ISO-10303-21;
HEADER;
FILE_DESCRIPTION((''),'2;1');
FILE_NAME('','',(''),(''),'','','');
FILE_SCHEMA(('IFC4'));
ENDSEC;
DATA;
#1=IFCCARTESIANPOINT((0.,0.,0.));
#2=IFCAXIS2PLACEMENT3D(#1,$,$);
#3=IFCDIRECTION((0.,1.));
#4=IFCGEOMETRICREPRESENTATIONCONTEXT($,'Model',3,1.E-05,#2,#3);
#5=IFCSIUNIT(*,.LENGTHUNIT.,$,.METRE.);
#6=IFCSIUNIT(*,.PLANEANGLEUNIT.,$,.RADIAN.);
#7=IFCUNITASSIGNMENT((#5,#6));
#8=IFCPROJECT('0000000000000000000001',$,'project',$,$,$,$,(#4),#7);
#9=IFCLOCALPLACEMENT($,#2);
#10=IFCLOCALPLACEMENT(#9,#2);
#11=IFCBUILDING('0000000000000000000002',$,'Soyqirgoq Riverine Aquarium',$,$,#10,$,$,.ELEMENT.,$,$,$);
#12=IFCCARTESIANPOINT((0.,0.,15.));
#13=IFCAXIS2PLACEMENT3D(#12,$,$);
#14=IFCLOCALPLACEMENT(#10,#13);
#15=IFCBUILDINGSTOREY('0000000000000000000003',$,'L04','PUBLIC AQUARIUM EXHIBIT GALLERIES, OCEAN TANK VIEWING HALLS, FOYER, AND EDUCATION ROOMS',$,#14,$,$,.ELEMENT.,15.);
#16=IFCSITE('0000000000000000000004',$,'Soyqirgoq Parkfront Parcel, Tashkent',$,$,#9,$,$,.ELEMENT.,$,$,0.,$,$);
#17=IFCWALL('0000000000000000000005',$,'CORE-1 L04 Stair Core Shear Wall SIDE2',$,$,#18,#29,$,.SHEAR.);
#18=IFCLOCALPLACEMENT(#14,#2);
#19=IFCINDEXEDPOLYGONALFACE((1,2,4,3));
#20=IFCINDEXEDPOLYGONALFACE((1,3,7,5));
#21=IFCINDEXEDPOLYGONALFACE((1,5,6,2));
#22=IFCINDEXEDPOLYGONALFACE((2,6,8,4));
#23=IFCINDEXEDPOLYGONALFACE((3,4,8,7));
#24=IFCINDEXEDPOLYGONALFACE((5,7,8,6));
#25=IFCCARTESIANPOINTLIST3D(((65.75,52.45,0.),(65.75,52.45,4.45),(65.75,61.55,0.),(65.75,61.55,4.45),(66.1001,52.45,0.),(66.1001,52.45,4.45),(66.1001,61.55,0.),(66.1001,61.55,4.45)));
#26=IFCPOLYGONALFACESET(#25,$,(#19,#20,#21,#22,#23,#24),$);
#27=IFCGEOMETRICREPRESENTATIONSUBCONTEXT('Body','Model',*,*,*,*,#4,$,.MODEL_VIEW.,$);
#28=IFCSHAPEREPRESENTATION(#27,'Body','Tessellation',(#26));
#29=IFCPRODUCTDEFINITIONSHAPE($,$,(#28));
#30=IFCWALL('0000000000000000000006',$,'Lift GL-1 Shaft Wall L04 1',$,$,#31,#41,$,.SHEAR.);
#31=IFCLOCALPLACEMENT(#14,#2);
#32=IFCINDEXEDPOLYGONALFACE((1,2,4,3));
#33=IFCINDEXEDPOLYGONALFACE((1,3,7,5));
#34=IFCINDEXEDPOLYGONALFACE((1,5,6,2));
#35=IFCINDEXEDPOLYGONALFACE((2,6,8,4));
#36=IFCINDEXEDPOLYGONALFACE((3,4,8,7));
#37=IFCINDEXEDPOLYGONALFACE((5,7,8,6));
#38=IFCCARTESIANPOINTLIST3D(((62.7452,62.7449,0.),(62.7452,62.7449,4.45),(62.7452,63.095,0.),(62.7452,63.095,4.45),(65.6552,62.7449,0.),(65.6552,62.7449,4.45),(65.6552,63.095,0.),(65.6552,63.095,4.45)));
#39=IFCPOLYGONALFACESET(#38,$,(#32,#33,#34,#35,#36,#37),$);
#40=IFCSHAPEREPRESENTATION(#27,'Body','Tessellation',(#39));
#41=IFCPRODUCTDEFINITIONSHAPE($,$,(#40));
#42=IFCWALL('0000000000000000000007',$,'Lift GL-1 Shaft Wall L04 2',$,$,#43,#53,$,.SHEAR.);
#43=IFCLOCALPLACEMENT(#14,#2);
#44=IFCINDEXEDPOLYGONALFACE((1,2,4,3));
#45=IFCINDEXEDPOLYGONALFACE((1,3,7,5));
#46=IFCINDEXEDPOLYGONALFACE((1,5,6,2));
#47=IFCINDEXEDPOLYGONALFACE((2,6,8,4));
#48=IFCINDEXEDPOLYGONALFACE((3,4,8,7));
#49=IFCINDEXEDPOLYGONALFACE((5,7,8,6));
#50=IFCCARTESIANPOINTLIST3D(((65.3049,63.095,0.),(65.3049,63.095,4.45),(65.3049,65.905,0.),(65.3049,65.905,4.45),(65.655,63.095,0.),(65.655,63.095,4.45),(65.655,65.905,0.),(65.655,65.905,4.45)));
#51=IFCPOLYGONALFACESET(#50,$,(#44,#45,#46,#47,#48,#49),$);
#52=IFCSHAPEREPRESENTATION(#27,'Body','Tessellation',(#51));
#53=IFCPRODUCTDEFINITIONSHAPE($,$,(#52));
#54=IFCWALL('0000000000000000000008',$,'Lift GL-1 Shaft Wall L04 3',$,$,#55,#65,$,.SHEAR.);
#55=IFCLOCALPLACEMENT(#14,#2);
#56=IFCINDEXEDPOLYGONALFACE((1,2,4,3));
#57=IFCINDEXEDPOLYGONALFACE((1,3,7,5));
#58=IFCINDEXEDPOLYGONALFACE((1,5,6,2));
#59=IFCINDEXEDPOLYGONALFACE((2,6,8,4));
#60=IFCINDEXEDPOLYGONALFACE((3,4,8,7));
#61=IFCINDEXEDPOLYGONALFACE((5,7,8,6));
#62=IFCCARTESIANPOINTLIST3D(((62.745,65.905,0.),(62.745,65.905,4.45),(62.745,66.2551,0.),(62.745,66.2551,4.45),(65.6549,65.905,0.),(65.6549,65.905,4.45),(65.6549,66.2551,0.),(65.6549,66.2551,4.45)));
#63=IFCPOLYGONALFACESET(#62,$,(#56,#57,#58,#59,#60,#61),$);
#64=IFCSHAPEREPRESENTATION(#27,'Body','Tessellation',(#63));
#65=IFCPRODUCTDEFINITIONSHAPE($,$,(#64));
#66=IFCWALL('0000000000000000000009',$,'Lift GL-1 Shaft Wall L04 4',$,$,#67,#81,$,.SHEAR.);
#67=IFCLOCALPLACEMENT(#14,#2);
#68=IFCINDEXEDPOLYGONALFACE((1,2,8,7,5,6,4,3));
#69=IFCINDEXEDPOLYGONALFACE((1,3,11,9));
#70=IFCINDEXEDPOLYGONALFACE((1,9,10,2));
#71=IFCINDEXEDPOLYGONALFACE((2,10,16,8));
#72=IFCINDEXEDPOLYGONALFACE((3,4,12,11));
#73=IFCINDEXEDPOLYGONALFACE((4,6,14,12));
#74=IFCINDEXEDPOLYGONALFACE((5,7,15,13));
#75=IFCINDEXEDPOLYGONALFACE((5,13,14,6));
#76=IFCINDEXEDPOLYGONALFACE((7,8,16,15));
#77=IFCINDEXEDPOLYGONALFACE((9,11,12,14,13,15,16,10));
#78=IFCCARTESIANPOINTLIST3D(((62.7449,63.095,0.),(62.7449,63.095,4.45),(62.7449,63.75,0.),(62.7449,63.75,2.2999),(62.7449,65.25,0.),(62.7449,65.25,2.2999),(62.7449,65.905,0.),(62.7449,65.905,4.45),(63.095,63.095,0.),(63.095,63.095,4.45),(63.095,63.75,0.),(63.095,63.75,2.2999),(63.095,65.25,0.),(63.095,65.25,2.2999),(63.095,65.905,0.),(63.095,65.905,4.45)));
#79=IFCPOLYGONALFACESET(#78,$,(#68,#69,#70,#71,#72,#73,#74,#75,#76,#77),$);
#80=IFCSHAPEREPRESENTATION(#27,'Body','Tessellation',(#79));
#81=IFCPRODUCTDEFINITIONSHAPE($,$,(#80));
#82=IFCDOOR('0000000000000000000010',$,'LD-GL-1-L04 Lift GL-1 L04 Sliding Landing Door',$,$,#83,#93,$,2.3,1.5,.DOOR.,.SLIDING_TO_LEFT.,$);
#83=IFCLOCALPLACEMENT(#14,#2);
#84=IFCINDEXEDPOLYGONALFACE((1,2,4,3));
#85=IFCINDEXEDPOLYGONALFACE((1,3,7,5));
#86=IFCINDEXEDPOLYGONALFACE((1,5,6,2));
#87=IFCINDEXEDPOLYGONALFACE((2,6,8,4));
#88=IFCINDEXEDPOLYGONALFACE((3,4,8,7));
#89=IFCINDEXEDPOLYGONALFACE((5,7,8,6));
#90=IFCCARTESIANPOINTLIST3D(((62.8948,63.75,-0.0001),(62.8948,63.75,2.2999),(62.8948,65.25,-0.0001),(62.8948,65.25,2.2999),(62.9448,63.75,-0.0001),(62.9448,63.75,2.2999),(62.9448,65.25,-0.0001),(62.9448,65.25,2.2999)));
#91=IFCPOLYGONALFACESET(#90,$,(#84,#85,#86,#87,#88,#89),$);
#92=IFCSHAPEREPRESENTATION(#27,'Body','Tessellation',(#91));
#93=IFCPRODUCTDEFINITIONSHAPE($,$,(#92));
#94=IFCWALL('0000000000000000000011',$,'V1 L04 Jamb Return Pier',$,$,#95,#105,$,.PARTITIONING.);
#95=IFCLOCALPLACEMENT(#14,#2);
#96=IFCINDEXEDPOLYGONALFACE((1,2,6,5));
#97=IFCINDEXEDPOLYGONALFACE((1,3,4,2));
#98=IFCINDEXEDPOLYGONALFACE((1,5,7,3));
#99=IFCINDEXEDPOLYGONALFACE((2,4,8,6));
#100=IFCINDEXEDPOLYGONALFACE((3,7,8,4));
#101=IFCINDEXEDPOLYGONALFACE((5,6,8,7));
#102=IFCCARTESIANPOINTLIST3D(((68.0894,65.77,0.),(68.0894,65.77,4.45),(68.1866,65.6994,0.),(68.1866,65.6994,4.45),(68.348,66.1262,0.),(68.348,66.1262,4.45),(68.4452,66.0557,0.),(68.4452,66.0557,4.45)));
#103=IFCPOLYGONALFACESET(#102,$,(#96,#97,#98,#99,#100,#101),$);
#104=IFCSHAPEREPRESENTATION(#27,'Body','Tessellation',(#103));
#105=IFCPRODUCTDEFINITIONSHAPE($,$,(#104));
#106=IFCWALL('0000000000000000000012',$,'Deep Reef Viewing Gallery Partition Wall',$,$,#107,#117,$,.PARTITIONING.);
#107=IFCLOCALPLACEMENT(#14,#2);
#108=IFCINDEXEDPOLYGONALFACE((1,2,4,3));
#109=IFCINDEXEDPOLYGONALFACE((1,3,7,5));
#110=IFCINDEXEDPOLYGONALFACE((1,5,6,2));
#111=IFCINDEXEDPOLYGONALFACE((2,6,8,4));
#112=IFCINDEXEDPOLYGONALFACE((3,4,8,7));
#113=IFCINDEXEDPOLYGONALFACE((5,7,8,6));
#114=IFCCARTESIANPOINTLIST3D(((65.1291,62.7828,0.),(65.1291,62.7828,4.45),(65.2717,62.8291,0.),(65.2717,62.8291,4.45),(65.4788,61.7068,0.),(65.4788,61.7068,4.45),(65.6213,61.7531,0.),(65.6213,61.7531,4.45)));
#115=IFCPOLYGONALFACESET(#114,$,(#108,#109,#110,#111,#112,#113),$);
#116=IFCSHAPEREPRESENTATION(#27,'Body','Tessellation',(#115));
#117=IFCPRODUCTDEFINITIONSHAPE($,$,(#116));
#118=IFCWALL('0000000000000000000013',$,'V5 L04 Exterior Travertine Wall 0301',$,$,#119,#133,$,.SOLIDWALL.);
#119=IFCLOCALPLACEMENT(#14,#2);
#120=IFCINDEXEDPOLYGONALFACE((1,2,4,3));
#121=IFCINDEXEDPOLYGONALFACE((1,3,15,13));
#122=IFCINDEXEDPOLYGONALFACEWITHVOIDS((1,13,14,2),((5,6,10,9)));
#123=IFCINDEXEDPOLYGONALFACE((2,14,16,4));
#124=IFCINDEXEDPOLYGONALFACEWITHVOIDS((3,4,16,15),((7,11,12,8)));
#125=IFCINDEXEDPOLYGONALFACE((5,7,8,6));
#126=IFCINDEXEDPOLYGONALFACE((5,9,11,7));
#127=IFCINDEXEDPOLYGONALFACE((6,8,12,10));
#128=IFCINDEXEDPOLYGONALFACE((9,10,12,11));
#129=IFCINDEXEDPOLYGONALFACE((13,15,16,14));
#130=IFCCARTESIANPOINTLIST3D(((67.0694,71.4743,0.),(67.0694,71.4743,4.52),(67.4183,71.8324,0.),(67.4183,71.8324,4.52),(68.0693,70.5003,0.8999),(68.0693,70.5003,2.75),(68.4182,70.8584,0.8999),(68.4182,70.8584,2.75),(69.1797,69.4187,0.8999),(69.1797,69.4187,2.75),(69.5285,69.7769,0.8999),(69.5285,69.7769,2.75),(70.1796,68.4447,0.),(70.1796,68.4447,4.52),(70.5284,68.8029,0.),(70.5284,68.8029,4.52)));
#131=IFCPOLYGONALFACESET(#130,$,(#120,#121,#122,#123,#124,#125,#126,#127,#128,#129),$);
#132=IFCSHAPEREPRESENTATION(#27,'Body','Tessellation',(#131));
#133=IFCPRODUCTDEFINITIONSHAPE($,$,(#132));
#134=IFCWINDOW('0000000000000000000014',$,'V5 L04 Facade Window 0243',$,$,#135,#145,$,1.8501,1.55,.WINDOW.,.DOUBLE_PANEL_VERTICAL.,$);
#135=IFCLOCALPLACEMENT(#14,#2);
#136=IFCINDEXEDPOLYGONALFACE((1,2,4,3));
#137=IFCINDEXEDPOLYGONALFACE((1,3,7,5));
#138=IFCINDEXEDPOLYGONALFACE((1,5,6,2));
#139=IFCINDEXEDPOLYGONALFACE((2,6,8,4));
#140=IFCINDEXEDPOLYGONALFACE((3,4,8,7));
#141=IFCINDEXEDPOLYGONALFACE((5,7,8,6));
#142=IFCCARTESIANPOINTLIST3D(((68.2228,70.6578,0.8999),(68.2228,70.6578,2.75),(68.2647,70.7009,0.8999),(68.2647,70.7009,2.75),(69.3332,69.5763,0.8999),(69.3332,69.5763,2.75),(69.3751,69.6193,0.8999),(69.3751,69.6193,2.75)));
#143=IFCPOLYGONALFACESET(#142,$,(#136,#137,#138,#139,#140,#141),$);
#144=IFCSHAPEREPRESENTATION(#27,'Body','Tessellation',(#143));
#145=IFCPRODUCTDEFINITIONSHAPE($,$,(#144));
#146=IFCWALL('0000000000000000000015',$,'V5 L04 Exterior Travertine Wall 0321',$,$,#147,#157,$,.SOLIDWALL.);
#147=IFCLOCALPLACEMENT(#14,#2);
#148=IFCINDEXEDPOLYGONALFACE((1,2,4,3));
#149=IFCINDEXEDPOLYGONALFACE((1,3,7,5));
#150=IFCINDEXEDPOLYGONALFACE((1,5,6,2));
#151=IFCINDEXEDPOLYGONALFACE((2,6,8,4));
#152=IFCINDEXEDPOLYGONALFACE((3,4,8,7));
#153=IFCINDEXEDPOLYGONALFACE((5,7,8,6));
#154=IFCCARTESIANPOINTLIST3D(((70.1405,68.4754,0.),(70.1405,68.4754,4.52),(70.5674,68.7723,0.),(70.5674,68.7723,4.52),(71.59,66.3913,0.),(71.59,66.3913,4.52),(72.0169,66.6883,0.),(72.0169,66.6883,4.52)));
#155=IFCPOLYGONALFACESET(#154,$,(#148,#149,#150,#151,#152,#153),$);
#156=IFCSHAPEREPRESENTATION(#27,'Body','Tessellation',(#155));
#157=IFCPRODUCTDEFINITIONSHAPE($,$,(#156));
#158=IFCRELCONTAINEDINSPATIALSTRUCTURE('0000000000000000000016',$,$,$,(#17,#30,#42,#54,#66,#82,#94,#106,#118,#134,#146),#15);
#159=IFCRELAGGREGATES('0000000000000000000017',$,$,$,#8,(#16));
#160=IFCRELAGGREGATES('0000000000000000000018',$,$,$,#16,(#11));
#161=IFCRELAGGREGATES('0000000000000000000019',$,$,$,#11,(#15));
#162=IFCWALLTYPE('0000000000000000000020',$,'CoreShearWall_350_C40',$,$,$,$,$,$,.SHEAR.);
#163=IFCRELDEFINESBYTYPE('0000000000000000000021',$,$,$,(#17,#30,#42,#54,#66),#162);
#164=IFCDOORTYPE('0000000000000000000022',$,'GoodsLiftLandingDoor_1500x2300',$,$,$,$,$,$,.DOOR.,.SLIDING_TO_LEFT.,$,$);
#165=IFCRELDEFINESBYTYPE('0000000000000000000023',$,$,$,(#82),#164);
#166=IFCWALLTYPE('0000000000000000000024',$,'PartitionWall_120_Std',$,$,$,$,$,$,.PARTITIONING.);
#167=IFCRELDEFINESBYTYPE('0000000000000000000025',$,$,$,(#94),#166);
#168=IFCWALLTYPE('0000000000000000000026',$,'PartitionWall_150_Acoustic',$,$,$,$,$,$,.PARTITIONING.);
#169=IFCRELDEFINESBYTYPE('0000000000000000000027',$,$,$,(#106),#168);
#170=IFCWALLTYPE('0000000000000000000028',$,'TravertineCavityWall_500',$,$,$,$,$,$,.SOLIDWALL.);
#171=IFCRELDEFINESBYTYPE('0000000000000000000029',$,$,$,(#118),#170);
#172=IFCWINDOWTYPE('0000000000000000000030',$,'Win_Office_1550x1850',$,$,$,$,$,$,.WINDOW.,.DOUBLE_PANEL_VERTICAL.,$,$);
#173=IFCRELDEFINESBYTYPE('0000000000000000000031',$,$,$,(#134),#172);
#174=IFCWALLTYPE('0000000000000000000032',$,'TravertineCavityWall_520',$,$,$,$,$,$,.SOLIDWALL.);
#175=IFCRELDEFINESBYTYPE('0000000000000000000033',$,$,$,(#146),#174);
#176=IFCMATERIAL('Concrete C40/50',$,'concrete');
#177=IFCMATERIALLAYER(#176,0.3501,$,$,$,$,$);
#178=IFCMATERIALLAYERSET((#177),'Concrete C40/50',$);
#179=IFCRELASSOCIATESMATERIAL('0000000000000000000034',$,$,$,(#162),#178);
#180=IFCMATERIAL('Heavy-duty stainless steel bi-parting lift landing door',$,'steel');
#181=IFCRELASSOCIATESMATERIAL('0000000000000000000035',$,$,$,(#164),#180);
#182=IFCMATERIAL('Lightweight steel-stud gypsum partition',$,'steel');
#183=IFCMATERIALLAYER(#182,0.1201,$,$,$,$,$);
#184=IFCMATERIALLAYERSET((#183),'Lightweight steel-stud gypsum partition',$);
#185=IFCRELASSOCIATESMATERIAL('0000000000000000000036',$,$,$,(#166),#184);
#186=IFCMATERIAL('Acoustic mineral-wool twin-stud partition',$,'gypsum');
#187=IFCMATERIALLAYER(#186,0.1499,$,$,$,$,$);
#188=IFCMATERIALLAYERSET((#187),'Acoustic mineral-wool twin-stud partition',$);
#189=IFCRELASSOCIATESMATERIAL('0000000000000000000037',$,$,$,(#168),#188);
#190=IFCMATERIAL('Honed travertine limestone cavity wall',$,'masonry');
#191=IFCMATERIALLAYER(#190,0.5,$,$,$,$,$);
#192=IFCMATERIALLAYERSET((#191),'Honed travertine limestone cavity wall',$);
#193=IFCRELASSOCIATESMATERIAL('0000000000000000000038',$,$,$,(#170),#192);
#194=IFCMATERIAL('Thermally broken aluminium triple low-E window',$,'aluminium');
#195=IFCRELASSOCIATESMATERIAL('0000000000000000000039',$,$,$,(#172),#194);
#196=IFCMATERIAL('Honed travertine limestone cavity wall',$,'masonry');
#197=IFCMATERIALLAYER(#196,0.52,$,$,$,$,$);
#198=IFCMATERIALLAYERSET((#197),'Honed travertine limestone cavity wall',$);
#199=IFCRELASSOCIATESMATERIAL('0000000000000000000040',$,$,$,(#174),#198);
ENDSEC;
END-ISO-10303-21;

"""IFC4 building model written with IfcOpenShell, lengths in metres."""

from ifc_helpers import new_model, si_unit, direction, frame, frame_2d, origin, place, context, subcontext, project, spatial, rectangle, extrude, material, layer, layer_set, type_object, element, fill, save


model = new_model("IFC4")

# Units and contexts
model_context = context("Model", 3, precision=1e-05, world=origin(), true_north=direction((0.0, 1.0)))
body_context = subcontext(model_context, "Body", "Model", "MODEL_VIEW")
ifc_project = project(units=[si_unit("LENGTHUNIT", "METRE"), si_unit("PLANEANGLEUNIT", "RADIAN")], contexts=[model_context])

# Site, building, storey
site_placement = place(None, origin())
site = spatial("IfcSite", under=ifc_project, at=site_placement, Name="Soyqirgoq Parkfront Parcel, Tashkent", CompositionType="ELEMENT", RefElevation=0.0)
building_placement = place(site_placement, origin())
building = spatial("IfcBuilding", under=site, at=building_placement, Name="Soyqirgoq Riverine Aquarium", CompositionType="ELEMENT")
storey_placement = place(building_placement, frame((0.0, 0.0, 15.0)))
storey = spatial("IfcBuildingStorey", under=building, at=storey_placement, Name="L04", Description="PUBLIC AQUARIUM EXHIBIT GALLERIES, OCEAN TANK VIEWING HALLS, FOYER, AND EDUCATION ROOMS", CompositionType="ELEMENT", Elevation=15.0)

# Walls
ifc_material_1 = material(Name="Concrete C40/50", Category="concrete")
ifc_layer_1 = layer(ifc_material_1, 0.3501)
ifc_layer_set_1 = layer_set([ifc_layer_1], Name="Concrete C40/50")
wall_type_1 = type_object("IfcWallType", Name="CoreShearWall_350_C40", PredefinedType="SHEAR", material=ifc_layer_set_1)
wall_1_placement = place(storey_placement, frame((65.925, 61.55, 0.0), z_axis=(0.0, 0.0, 1.0), x_axis=(0.0, -1.0, 0.0)))
element("IfcWall", 1, at=wall_1_placement, inside=storey, type_object=wall_type_1, Name="CORE-1 L04 Stair Core Shear Wall SIDE2", PredefinedType="SHEAR", context=body_context, shape_type="SweptSolid", body=[
    extrude(rectangle(XDim=9.1001, YDim=0.3501, at=frame_2d((4.55, 0.0))), origin(), (0.0, 0.0, 1.0), 4.45),
])
wall_2_placement = place(storey_placement, frame((62.7451, 62.9199, 0.0), z_axis=(0.0, 0.0, 1.0), x_axis=(1.0, 0.0, 0.0)))
element("IfcWall", 2, at=wall_2_placement, inside=storey, type_object=wall_type_1, Name="Lift GL-1 Shaft Wall L04 1", PredefinedType="SHEAR", context=body_context, shape_type="SweptSolid", body=[
    extrude(rectangle(XDim=2.9099, YDim=0.3501, at=frame_2d((1.4551, 0.0))), origin(), (0.0, 0.0, 1.0), 4.45),
])
wall_3_placement = place(storey_placement, frame((65.48, 63.095, 0.0), z_axis=(0.0, 0.0, 1.0), x_axis=(0.0, 1.0, 0.0)))
element("IfcWall", 3, at=wall_3_placement, inside=storey, type_object=wall_type_1, Name="Lift GL-1 Shaft Wall L04 2", PredefinedType="SHEAR", context=body_context, shape_type="SweptSolid", body=[
    extrude(rectangle(XDim=2.8101, YDim=0.3501, at=frame_2d((1.405, 0.0))), origin(), (0.0, 0.0, 1.0), 4.45),
])
wall_4_placement = place(storey_placement, frame((65.655, 66.0801, 0.0), z_axis=(0.0, 0.0, 1.0), x_axis=(-1.0, 0.0, 0.0)))
element("IfcWall", 4, at=wall_4_placement, inside=storey, type_object=wall_type_1, Name="Lift GL-1 Shaft Wall L04 3", PredefinedType="SHEAR", context=body_context, shape_type="SweptSolid", body=[
    extrude(rectangle(XDim=2.9099, YDim=0.3501, at=frame_2d((1.4551, 0.0))), origin(), (0.0, 0.0, 1.0), 4.45),
])

# Wall, opening, door
wall_5_placement = place(storey_placement, frame((62.9199, 65.905, 0.0), z_axis=(0.0, 0.0, 1.0), x_axis=(0.0, -1.0, 0.0)))
wall_5 = element("IfcWall", 5, at=wall_5_placement, inside=storey, type_object=wall_type_1, Name="Lift GL-1 Shaft Wall L04 4", PredefinedType="SHEAR", context=body_context, shape_type="SweptSolid", body=[
    extrude(rectangle(XDim=2.8101, YDim=0.3501, at=frame_2d((1.405, 0.0))), origin(), (0.0, 0.0, 1.0), 4.45),
])
opening_1_placement = place(wall_5_placement, frame((0.655, 0.0, 0.0)))
opening_1 = element("IfcOpeningElement", 6, at=opening_1_placement, cuts=wall_5, PredefinedType="OPENING", context=body_context, shape_type="SweptSolid", body=[
    extrude(rectangle(XDim=1.5, YDim=2.3, at=frame_2d((0.75, 1.1499))), frame((0.0, 0.1851, 0.0), z_axis=(0.0, -1.0, 0.0), x_axis=(1.0, 0.0, 0.0)), (0.0, 0.0, 1.0), 0.3701),
])
ifc_material_2 = material(Name="Heavy-duty stainless steel bi-parting lift landing door", Category="steel")
door_type = type_object("IfcDoorType", Name="GoodsLiftLandingDoor_1500x2300", OperationType="SLIDING_TO_LEFT", PredefinedType="DOOR", material=ifc_material_2)
door_placement = place(opening_1_placement, origin())
door = element("IfcDoor", 7, at=door_placement, inside=storey, type_object=door_type, Name="LD-GL-1-L04 Lift GL-1 L04 Sliding Landing Door", OperationType="SLIDING_TO_LEFT", OverallHeight=2.3, OverallWidth=1.5, PredefinedType="DOOR", context=body_context, shape_type="SweptSolid", body=[
    extrude(rectangle(XDim=1.5, YDim=2.3, at=frame_2d((0.75, 1.1499))), frame((0.0, 0.0249, 0.0), z_axis=(0.0, -1.0, 0.0), x_axis=(1.0, 0.0, 0.0)), (0.0, 0.0, 1.0), 0.05),
])
fill(opening_1, door)

# Walls
ifc_material_3 = material(Name="Lightweight steel-stud gypsum partition", Category="steel")
ifc_layer_2 = layer(ifc_material_3, 0.1201)
ifc_layer_set_2 = layer_set([ifc_layer_2], Name="Lightweight steel-stud gypsum partition")
wall_type_2 = type_object("IfcWallType", Name="PartitionWall_120_Std", PredefinedType="PARTITIONING", material=ifc_layer_set_2)
wall_6_placement = place(storey_placement, frame((68.1379, 65.7346, 0.0), z_axis=(0.0, 0.0, 1.0), x_axis=(0.587413, 0.809287, 0.0)))
element("IfcWall", 8, at=wall_6_placement, inside=storey, type_object=wall_type_2, Name="V1 L04 Jamb Return Pier", PredefinedType="PARTITIONING", context=body_context, shape_type="SweptSolid", body=[
    extrude(rectangle(XDim=0.4402, YDim=0.1201, at=frame_2d((0.2202, 0.0))), origin(), (0.0, 0.0, 1.0), 4.45),
])
ifc_material_4 = material(Name="Acoustic mineral-wool twin-stud partition", Category="gypsum")
ifc_layer_3 = layer(ifc_material_4, 0.1499)
ifc_layer_set_3 = layer_set([ifc_layer_3], Name="Acoustic mineral-wool twin-stud partition")
wall_type_3 = type_object("IfcWallType", Name="PartitionWall_150_Acoustic", PredefinedType="PARTITIONING", material=ifc_layer_set_3)
wall_7_placement = place(storey_placement, frame((65.55, 61.73, 0.0), z_axis=(0.0, 0.0, 1.0), x_axis=(-0.309032, 0.951052, 0.0)))
element("IfcWall", 9, at=wall_7_placement, inside=storey, type_object=wall_type_3, Name="Deep Reef Viewing Gallery Partition Wall", PredefinedType="PARTITIONING", context=body_context, shape_type="SweptSolid", body=[
    extrude(rectangle(XDim=1.1313, YDim=0.1499, at=frame_2d((0.5657, 0.0))), origin(), (0.0, 0.0, 1.0), 4.45),
])

# Wall, opening, window
ifc_material_5 = material(Name="Honed travertine limestone cavity wall", Category="masonry")
ifc_layer_4 = layer(ifc_material_5, 0.5)
ifc_layer_set_4 = layer_set([ifc_layer_4], Name="Honed travertine limestone cavity wall")
wall_type_4 = type_object("IfcWallType", Name="TravertineCavityWall_500", PredefinedType="SOLIDWALL", material=ifc_layer_set_4)
wall_8_placement = place(storey_placement, frame((70.354, 68.6238, 0.0), z_axis=(0.0, 0.0, 1.0), x_axis=(-0.716324, 0.697768, 0.0)))
wall_8 = element("IfcWall", 10, at=wall_8_placement, inside=storey, type_object=wall_type_4, Name="V5 L04 Exterior Travertine Wall 0301", PredefinedType="SOLIDWALL", context=body_context, shape_type="SweptSolid", body=[
    extrude(rectangle(XDim=4.3418, YDim=0.5, at=frame_2d((2.1709, 0.0))), origin(), (0.0, 0.0, 1.0), 4.52),
])
opening_2_placement = place(wall_8_placement, frame((1.396, 0.0, 0.8999)))
opening_2 = element("IfcOpeningElement", 11, at=opening_2_placement, cuts=wall_8, PredefinedType="OPENING", context=body_context, shape_type="SweptSolid", body=[
    extrude(rectangle(XDim=1.55, YDim=1.8501, at=frame_2d((0.7749, 0.925))), frame((0.0, 0.26, 0.0), z_axis=(0.0, -1.0, 0.0), x_axis=(1.0, 0.0, 0.0)), (0.0, 0.0, 1.0), 0.52),
])
ifc_material_6 = material(Name="Thermally broken aluminium triple low-E window", Category="aluminium")
window_type_1 = type_object("IfcWindowType", Name="Win_Office_1550x1850", PartitioningType="DOUBLE_PANEL_VERTICAL", PredefinedType="WINDOW", material=ifc_material_6)
window_1_placement = place(opening_2_placement, origin())
window_1 = element("IfcWindow", 12, at=window_1_placement, inside=storey, type_object=window_type_1, Name="V5 L04 Facade Window 0243", OverallHeight=1.8501, OverallWidth=1.55, PartitioningType="DOUBLE_PANEL_VERTICAL", PredefinedType="WINDOW", context=body_context, shape_type="SweptSolid", body=[
    extrude(rectangle(XDim=1.55, YDim=1.8501, at=frame_2d((0.7749, 0.925))), frame((0.0, 0.03, 0.0), z_axis=(0.0, -1.0, 0.0), x_axis=(1.0, 0.0, 0.0)), (0.0, 0.0, 1.0), 0.0601),
])
fill(opening_2, window_1)

# Wall
ifc_material_7 = material(Name="Honed travertine limestone cavity wall", Category="masonry")
ifc_layer_5 = layer(ifc_material_7, 0.52)
ifc_layer_set_5 = layer_set([ifc_layer_5], Name="Honed travertine limestone cavity wall")
wall_type_5 = type_object("IfcWallType", Name="TravertineCavityWall_520", PredefinedType="SOLIDWALL", material=ifc_layer_set_5)
wall_9_placement = place(storey_placement, frame((71.8035, 66.5398, 0.0), z_axis=(0.0, 0.0, 1.0), x_axis=(-0.570994, 0.820954, 0.0)))
element("IfcWall", 13, at=wall_9_placement, inside=storey, type_object=wall_type_5, Name="V5 L04 Exterior Travertine Wall 0321", PredefinedType="SOLIDWALL", context=body_context, shape_type="SweptSolid", body=[
    extrude(rectangle(XDim=2.5386, YDim=0.52, at=frame_2d((1.2693, 0.0))), origin(), (0.0, 0.0, 1.0), 4.52),
])

save(model, "model.ifc")
